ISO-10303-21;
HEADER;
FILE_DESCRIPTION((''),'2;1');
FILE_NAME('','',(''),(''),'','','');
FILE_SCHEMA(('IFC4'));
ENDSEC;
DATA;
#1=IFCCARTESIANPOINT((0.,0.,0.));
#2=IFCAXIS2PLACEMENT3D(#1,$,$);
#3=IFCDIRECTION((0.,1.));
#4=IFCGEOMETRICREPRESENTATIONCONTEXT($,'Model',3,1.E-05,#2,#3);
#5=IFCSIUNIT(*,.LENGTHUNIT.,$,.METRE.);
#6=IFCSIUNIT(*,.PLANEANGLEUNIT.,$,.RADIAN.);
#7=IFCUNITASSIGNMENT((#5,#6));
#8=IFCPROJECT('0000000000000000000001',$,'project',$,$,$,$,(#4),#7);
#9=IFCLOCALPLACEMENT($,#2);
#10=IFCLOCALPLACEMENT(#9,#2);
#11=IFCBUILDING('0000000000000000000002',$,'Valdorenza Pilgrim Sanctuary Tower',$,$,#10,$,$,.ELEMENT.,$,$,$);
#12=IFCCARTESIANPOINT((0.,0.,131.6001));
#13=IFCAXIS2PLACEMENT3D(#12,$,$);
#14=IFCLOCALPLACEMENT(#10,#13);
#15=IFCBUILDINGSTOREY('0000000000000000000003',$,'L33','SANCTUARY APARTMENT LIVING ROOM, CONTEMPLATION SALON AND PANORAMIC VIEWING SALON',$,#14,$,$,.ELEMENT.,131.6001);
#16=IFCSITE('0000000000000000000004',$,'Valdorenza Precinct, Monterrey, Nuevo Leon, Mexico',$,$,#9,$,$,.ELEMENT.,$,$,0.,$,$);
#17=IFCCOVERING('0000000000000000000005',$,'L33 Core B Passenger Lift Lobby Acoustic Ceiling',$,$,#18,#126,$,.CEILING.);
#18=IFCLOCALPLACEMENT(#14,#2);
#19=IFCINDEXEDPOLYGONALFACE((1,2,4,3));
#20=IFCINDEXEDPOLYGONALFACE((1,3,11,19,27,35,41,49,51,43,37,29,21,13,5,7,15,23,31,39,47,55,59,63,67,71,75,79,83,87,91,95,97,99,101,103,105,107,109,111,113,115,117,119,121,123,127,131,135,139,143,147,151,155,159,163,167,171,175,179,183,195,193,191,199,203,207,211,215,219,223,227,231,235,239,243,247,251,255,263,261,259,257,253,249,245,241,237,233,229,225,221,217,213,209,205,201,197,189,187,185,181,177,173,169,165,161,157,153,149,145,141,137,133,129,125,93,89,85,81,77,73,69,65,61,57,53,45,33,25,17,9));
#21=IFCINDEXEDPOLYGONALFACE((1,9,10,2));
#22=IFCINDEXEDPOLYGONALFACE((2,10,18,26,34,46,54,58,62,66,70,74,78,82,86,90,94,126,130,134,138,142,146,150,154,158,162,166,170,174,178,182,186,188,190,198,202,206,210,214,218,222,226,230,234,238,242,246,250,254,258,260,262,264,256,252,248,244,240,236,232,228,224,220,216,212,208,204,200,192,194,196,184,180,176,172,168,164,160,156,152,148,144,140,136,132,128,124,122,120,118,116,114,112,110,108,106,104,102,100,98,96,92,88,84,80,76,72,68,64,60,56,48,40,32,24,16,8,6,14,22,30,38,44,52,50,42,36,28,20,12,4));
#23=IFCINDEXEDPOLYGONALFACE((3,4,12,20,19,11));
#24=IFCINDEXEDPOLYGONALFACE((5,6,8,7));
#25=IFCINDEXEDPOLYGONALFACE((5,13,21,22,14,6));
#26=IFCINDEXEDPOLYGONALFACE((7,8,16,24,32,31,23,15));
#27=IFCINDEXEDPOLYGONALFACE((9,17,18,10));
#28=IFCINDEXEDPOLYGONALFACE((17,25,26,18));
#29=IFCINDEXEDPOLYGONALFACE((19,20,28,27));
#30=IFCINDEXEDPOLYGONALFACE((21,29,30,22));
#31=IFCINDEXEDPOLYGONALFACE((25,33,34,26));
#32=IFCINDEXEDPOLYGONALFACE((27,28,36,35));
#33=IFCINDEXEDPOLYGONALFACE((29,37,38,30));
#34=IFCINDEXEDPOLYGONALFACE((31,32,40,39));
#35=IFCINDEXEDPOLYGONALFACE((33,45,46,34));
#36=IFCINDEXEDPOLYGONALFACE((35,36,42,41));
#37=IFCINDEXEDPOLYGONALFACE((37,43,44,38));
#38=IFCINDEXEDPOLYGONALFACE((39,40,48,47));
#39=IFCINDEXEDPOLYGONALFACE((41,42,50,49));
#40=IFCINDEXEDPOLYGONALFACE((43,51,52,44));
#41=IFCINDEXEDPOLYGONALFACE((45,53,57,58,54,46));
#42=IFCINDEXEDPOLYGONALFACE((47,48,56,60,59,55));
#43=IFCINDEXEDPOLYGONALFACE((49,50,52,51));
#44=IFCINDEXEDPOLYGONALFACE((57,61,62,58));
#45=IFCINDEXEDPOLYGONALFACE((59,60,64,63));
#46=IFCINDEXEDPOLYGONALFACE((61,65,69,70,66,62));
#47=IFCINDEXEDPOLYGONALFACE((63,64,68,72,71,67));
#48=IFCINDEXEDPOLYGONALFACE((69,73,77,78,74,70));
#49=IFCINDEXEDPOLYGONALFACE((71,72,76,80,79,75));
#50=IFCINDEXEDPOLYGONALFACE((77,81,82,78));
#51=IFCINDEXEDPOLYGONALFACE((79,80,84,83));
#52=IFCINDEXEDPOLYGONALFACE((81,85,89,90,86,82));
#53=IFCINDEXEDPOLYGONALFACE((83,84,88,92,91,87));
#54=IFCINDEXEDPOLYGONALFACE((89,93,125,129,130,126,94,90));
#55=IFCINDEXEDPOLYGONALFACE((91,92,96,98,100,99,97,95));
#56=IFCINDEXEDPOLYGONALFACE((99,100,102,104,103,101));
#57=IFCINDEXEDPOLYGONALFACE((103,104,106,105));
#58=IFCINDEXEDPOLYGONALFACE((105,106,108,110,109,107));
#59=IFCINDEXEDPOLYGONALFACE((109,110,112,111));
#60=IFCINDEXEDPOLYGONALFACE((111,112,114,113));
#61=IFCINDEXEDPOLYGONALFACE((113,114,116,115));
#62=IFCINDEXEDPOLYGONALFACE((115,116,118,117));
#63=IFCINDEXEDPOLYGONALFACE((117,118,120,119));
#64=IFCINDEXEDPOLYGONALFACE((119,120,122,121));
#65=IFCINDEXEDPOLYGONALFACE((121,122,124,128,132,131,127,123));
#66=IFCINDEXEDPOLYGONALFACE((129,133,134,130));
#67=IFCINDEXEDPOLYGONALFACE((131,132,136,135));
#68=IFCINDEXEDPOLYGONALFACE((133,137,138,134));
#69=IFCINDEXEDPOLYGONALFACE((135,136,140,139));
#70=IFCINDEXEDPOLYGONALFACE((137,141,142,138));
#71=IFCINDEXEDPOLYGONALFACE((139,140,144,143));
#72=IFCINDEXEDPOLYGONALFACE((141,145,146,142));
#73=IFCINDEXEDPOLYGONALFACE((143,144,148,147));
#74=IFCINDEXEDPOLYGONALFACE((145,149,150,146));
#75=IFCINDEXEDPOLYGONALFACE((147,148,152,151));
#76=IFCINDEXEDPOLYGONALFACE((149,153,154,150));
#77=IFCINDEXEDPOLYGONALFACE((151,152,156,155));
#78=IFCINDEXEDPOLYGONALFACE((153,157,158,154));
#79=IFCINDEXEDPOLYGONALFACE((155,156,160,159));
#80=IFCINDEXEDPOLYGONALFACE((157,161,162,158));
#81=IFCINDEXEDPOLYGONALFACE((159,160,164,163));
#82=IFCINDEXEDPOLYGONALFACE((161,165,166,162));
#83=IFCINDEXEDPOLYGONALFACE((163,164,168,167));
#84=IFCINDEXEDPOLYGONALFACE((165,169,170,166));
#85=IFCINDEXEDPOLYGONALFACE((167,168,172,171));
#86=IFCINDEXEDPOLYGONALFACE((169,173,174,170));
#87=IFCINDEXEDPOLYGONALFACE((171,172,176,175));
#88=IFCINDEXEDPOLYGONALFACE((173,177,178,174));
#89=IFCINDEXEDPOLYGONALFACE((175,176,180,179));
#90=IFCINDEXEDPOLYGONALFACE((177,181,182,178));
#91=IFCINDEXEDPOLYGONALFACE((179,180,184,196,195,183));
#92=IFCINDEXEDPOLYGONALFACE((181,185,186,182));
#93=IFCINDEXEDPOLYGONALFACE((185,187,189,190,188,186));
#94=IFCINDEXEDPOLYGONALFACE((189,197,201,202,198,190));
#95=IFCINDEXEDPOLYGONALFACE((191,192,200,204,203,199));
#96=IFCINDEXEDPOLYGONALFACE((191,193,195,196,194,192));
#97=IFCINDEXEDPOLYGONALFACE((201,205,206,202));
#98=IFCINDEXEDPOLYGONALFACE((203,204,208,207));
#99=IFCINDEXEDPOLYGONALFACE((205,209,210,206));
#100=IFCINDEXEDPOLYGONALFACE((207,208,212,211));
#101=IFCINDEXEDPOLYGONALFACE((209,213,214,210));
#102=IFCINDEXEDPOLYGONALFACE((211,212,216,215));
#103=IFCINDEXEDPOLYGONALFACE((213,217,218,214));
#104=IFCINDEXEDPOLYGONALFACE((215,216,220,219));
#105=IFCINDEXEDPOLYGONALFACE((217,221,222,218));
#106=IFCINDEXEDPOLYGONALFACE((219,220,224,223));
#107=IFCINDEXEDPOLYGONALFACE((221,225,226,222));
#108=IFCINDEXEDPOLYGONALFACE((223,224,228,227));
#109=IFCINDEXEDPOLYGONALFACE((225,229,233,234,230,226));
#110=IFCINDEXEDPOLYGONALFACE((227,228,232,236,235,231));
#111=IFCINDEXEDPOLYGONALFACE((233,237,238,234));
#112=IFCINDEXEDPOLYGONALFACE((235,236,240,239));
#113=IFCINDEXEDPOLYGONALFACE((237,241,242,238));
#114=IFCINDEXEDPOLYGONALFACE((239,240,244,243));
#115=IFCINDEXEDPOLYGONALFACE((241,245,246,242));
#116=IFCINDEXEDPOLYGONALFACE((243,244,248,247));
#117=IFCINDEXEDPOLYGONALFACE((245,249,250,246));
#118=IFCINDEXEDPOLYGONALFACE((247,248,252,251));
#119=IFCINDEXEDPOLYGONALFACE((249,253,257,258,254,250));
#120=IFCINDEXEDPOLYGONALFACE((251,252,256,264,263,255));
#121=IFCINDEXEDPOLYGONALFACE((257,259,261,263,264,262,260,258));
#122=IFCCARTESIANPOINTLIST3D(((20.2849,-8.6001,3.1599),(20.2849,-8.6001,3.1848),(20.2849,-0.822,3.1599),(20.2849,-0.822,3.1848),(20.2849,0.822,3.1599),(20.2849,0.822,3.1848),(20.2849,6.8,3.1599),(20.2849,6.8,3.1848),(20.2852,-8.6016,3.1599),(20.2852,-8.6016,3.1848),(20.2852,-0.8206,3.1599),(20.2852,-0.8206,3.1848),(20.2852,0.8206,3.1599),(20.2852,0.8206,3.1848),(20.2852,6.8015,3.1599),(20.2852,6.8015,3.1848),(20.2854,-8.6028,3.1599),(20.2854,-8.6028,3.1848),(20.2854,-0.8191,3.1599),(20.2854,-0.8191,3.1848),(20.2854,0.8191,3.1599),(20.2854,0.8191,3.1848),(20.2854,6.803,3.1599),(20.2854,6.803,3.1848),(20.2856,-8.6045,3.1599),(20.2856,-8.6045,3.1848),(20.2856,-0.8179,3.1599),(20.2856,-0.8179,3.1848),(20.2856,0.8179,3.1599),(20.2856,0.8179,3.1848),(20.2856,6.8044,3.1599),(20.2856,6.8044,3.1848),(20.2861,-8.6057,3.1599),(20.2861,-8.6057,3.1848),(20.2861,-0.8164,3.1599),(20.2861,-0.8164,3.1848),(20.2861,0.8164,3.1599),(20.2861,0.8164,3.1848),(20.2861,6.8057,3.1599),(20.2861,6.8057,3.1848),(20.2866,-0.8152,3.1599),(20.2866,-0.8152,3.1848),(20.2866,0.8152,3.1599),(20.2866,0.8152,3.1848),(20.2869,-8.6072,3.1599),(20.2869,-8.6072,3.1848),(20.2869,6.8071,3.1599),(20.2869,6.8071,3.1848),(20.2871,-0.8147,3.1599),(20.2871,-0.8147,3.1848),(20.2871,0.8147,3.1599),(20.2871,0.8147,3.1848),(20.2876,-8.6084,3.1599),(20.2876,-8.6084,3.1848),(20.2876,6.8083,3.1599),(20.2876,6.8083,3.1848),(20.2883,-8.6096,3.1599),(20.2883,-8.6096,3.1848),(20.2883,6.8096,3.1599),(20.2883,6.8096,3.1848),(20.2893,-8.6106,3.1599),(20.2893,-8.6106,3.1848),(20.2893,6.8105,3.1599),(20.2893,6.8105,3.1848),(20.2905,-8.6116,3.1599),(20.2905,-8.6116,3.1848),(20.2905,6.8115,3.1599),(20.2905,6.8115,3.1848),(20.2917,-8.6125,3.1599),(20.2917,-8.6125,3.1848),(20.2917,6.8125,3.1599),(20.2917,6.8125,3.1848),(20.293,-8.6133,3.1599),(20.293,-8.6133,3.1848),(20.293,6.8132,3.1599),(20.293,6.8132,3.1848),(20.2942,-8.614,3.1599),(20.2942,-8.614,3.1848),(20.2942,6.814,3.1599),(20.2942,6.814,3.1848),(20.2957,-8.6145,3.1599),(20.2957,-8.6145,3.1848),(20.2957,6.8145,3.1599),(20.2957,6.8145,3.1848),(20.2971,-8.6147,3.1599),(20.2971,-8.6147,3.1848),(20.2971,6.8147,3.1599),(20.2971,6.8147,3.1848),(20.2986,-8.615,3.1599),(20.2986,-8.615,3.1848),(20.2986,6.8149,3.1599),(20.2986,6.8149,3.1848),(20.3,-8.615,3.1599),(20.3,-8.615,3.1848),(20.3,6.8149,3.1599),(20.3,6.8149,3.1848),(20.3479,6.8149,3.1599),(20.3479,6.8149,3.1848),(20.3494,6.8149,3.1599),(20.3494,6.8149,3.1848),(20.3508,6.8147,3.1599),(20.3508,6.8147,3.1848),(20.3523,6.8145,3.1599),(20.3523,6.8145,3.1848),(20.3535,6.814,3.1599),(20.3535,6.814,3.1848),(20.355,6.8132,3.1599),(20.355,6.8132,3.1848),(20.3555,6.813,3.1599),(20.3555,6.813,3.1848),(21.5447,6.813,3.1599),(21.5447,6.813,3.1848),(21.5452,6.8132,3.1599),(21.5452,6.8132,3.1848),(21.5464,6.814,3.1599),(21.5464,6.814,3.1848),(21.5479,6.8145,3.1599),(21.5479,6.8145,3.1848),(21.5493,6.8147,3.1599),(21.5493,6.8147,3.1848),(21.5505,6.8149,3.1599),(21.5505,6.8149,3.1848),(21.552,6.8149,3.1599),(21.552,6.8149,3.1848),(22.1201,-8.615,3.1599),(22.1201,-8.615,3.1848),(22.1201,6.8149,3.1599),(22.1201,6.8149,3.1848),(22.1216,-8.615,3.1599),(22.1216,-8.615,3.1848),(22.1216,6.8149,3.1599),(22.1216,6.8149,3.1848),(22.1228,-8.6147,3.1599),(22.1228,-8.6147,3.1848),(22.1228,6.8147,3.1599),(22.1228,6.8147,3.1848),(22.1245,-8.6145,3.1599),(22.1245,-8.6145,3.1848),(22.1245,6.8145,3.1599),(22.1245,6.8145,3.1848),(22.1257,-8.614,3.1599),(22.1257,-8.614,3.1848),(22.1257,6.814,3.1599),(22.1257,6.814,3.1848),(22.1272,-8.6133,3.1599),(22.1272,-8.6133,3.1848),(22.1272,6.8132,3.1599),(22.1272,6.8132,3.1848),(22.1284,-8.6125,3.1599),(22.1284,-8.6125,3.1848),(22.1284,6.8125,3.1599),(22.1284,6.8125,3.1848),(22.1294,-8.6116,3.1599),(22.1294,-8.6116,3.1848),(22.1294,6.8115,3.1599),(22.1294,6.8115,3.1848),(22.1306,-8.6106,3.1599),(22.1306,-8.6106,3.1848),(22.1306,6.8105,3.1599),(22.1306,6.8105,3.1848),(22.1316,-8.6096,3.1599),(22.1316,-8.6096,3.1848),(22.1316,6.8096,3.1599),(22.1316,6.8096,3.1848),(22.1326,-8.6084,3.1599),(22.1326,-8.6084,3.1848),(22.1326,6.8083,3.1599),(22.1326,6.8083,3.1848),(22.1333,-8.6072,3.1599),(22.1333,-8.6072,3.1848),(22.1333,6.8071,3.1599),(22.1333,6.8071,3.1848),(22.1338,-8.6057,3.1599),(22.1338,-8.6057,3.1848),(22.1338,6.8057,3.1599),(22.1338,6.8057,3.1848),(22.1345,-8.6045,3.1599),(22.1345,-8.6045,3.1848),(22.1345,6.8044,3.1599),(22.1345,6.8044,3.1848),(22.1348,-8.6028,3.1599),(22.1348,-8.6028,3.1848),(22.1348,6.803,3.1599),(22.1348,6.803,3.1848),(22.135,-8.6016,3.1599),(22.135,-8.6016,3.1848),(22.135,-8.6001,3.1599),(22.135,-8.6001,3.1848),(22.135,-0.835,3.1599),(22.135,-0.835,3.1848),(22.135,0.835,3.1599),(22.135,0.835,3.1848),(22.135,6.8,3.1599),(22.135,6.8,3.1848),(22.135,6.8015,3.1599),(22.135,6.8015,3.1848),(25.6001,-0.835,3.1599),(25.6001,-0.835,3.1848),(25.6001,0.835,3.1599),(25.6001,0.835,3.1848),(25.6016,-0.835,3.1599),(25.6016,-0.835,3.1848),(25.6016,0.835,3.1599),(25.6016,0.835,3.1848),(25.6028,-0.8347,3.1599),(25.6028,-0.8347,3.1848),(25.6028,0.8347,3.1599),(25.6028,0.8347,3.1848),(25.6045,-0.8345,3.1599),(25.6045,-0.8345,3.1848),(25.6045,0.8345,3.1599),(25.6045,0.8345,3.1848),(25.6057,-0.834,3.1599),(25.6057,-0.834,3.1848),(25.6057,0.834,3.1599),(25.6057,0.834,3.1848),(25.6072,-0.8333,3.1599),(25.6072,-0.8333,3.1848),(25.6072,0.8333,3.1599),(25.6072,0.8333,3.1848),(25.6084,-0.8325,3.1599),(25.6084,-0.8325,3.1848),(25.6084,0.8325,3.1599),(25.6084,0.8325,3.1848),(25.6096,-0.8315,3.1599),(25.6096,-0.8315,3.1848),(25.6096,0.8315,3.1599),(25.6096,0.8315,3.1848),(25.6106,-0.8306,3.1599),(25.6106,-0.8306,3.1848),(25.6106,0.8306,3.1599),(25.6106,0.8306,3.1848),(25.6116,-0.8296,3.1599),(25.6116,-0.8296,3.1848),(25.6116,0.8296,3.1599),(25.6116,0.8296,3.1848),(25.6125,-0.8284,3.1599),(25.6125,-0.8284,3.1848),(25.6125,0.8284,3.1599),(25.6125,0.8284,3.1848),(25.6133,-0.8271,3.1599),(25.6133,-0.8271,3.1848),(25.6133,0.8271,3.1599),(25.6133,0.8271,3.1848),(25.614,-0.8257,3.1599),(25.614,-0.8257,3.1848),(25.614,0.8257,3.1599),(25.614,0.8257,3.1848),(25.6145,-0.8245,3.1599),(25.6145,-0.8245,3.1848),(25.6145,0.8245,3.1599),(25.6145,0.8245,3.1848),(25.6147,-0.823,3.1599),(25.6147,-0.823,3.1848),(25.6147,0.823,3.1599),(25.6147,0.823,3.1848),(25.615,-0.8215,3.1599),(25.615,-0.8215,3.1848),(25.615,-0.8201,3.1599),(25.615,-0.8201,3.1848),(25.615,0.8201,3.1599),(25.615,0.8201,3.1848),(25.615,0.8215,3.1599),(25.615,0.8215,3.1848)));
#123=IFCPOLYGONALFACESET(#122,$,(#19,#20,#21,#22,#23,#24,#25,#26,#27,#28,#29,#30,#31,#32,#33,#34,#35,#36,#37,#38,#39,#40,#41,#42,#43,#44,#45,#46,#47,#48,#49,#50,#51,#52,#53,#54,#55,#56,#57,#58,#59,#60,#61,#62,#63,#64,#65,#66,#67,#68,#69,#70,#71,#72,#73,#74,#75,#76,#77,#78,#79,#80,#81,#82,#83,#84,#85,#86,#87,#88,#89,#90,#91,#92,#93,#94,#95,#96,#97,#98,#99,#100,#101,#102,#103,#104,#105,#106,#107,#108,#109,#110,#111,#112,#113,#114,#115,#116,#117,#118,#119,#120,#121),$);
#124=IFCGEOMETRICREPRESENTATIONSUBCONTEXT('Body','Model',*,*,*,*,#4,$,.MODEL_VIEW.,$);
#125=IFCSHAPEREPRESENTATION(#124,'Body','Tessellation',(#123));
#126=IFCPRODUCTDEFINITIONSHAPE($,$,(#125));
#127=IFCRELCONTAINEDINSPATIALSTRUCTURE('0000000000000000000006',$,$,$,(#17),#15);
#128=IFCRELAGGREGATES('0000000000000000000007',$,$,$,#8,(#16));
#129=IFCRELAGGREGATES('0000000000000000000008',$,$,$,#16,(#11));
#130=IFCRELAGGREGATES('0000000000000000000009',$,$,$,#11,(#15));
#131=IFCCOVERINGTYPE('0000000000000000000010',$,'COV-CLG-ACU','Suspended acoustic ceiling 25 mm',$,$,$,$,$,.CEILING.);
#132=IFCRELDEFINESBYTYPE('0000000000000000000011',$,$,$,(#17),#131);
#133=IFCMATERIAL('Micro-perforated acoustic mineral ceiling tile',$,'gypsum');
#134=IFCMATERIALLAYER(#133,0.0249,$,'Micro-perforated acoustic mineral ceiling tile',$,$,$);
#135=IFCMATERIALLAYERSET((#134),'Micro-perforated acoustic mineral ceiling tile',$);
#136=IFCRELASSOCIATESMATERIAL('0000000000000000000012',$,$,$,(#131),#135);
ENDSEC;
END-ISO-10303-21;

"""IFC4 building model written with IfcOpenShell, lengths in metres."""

from ifc_helpers import new_model, si_unit, direction, frame, origin, place, context, subcontext, project, spatial, polyline, outline, extrude, material, layer, layer_set, type_object, element, save


model = new_model("IFC4")

# Units and contexts
model_context = context("Model", 3, precision=1e-05, world=origin(), true_north=direction((0.0, 1.0)))
body_context = subcontext(model_context, "Body", "Model", "MODEL_VIEW")
ifc_project = project(units=[si_unit("LENGTHUNIT", "METRE"), si_unit("PLANEANGLEUNIT", "RADIAN")], contexts=[model_context])

# Site, building, storey
site_placement = place(None, origin())
site = spatial("IfcSite", under=ifc_project, at=site_placement, Name="Valdorenza Precinct, Monterrey, Nuevo Leon, Mexico", CompositionType="ELEMENT", RefElevation=0.0)
building_placement = place(site_placement, origin())
building = spatial("IfcBuilding", under=site, at=building_placement, Name="Valdorenza Pilgrim Sanctuary Tower", CompositionType="ELEMENT")
storey_placement = place(building_placement, frame((0.0, 0.0, 131.6001)))
storey = spatial("IfcBuildingStorey", under=building, at=storey_placement, Name="L33", Description="SANCTUARY APARTMENT LIVING ROOM, CONTEMPLATION SALON AND PANORAMIC VIEWING SALON", CompositionType="ELEMENT", Elevation=131.6001)

# Covering
ifc_material_1 = material(Name="Micro-perforated acoustic mineral ceiling tile", Category="gypsum")
ifc_layer_1 = layer(ifc_material_1, 0.0249, Name="Micro-perforated acoustic mineral ceiling tile")
ifc_layer_set_1 = layer_set([ifc_layer_1], Name="Micro-perforated acoustic mineral ceiling tile")
covering_type_1 = type_object("IfcCoveringType", Name="COV-CLG-ACU", Description="Suspended acoustic ceiling 25 mm", PredefinedType="CEILING", material=ifc_layer_set_1)
covering_1_placement = place(storey_placement, frame((0.0, 0.0, 3.1599)))
element("IfcCovering", 1, at=covering_1_placement, inside=storey, type_object=covering_type_1, Name="L33 Core B Passenger Lift Lobby Acoustic Ceiling", PredefinedType="CEILING", context=body_context, shape_type="SweptSolid", body=[
    extrude(outline(polyline([(20.2871, -0.8147), (20.2871, 0.8147), (20.2866, 0.8152), (20.2861, 0.8164), (20.2856, 0.8179), (20.2854, 0.8191), (20.2852, 0.8206), (20.2849, 0.822), (20.2849, 6.8), (20.2852, 6.8015), (20.2854, 6.803), (20.2856, 6.8044), (20.2861, 6.8057), (20.2869, 6.8071), (20.2876, 6.8083), (20.2883, 6.8096), (20.2893, 6.8105), (20.2905, 6.8115), (20.2917, 6.8125), (20.293, 6.8132), (20.2942, 6.814), (20.2957, 6.8145), (20.2971, 6.8147), (20.2986, 6.8149), (20.3, 6.8149), (20.3479, 6.8149), (20.3494, 6.8149), (20.3508, 6.8147), (20.3523, 6.8145), (20.3535, 6.814), (20.355, 6.8132), (20.3555, 6.813), (21.5447, 6.813), (21.5452, 6.8132), (21.5464, 6.814), (21.5479, 6.8145), (21.5493, 6.8147), (21.5505, 6.8149), (21.552, 6.8149), (22.1201, 6.8149), (22.1216, 6.8149), (22.1228, 6.8147), (22.1245, 6.8145), (22.1257, 6.814), (22.1272, 6.8132), (22.1284, 6.8125), (22.1294, 6.8115), (22.1306, 6.8105), (22.1316, 6.8096), (22.1326, 6.8083), (22.1333, 6.8071), (22.1338, 6.8057), (22.1345, 6.8044), (22.1348, 6.803), (22.135, 6.8015), (22.135, 6.8), (22.135, 0.835), (25.6001, 0.835), (25.6016, 0.835), (25.6028, 0.8347), (25.6045, 0.8345), (25.6057, 0.834), (25.6072, 0.8333), (25.6084, 0.8325), (25.6096, 0.8315), (25.6106, 0.8306), (25.6116, 0.8296), (25.6125, 0.8284), (25.6133, 0.8271), (25.614, 0.8257), (25.6145, 0.8245), (25.6147, 0.823), (25.615, 0.8215), (25.615, 0.8201), (25.615, -0.8201), (25.615, -0.8215), (25.6147, -0.823), (25.6145, -0.8245), (25.614, -0.8257), (25.6133, -0.8271), (25.6125, -0.8284), (25.6116, -0.8296), (25.6106, -0.8306), (25.6096, -0.8315), (25.6084, -0.8325), (25.6072, -0.8333), (25.6057, -0.834), (25.6045, -0.8345), (25.6028, -0.8347), (25.6016, -0.835), (25.6001, -0.835), (22.135, -0.835), (22.135, -8.6001), (22.135, -8.6016), (22.1348, -8.6028), (22.1345, -8.6045), (22.1338, -8.6057), (22.1333, -8.6072), (22.1326, -8.6084), (22.1316, -8.6096), (22.1306, -8.6106), (22.1294, -8.6116), (22.1284, -8.6125), (22.1272, -8.6133), (22.1257, -8.614), (22.1245, -8.6145), (22.1228, -8.6147), (22.1216, -8.615), (22.1201, -8.615), (20.3, -8.615), (20.2986, -8.615), (20.2971, -8.6147), (20.2957, -8.6145), (20.2942, -8.614), (20.293, -8.6133), (20.2917, -8.6125), (20.2905, -8.6116), (20.2893, -8.6106), (20.2883, -8.6096), (20.2876, -8.6084), (20.2869, -8.6072), (20.2861, -8.6057), (20.2856, -8.6045), (20.2854, -8.6028), (20.2852, -8.6016), (20.2849, -8.6001), (20.2849, -0.822), (20.2852, -0.8206), (20.2854, -0.8191), (20.2856, -0.8179), (20.2861, -0.8164), (20.2866, -0.8152), (20.2871, -0.8147)])), origin(), (0.0, 0.0, 1.0), 0.0249),
])

save(model, "model.ifc")
